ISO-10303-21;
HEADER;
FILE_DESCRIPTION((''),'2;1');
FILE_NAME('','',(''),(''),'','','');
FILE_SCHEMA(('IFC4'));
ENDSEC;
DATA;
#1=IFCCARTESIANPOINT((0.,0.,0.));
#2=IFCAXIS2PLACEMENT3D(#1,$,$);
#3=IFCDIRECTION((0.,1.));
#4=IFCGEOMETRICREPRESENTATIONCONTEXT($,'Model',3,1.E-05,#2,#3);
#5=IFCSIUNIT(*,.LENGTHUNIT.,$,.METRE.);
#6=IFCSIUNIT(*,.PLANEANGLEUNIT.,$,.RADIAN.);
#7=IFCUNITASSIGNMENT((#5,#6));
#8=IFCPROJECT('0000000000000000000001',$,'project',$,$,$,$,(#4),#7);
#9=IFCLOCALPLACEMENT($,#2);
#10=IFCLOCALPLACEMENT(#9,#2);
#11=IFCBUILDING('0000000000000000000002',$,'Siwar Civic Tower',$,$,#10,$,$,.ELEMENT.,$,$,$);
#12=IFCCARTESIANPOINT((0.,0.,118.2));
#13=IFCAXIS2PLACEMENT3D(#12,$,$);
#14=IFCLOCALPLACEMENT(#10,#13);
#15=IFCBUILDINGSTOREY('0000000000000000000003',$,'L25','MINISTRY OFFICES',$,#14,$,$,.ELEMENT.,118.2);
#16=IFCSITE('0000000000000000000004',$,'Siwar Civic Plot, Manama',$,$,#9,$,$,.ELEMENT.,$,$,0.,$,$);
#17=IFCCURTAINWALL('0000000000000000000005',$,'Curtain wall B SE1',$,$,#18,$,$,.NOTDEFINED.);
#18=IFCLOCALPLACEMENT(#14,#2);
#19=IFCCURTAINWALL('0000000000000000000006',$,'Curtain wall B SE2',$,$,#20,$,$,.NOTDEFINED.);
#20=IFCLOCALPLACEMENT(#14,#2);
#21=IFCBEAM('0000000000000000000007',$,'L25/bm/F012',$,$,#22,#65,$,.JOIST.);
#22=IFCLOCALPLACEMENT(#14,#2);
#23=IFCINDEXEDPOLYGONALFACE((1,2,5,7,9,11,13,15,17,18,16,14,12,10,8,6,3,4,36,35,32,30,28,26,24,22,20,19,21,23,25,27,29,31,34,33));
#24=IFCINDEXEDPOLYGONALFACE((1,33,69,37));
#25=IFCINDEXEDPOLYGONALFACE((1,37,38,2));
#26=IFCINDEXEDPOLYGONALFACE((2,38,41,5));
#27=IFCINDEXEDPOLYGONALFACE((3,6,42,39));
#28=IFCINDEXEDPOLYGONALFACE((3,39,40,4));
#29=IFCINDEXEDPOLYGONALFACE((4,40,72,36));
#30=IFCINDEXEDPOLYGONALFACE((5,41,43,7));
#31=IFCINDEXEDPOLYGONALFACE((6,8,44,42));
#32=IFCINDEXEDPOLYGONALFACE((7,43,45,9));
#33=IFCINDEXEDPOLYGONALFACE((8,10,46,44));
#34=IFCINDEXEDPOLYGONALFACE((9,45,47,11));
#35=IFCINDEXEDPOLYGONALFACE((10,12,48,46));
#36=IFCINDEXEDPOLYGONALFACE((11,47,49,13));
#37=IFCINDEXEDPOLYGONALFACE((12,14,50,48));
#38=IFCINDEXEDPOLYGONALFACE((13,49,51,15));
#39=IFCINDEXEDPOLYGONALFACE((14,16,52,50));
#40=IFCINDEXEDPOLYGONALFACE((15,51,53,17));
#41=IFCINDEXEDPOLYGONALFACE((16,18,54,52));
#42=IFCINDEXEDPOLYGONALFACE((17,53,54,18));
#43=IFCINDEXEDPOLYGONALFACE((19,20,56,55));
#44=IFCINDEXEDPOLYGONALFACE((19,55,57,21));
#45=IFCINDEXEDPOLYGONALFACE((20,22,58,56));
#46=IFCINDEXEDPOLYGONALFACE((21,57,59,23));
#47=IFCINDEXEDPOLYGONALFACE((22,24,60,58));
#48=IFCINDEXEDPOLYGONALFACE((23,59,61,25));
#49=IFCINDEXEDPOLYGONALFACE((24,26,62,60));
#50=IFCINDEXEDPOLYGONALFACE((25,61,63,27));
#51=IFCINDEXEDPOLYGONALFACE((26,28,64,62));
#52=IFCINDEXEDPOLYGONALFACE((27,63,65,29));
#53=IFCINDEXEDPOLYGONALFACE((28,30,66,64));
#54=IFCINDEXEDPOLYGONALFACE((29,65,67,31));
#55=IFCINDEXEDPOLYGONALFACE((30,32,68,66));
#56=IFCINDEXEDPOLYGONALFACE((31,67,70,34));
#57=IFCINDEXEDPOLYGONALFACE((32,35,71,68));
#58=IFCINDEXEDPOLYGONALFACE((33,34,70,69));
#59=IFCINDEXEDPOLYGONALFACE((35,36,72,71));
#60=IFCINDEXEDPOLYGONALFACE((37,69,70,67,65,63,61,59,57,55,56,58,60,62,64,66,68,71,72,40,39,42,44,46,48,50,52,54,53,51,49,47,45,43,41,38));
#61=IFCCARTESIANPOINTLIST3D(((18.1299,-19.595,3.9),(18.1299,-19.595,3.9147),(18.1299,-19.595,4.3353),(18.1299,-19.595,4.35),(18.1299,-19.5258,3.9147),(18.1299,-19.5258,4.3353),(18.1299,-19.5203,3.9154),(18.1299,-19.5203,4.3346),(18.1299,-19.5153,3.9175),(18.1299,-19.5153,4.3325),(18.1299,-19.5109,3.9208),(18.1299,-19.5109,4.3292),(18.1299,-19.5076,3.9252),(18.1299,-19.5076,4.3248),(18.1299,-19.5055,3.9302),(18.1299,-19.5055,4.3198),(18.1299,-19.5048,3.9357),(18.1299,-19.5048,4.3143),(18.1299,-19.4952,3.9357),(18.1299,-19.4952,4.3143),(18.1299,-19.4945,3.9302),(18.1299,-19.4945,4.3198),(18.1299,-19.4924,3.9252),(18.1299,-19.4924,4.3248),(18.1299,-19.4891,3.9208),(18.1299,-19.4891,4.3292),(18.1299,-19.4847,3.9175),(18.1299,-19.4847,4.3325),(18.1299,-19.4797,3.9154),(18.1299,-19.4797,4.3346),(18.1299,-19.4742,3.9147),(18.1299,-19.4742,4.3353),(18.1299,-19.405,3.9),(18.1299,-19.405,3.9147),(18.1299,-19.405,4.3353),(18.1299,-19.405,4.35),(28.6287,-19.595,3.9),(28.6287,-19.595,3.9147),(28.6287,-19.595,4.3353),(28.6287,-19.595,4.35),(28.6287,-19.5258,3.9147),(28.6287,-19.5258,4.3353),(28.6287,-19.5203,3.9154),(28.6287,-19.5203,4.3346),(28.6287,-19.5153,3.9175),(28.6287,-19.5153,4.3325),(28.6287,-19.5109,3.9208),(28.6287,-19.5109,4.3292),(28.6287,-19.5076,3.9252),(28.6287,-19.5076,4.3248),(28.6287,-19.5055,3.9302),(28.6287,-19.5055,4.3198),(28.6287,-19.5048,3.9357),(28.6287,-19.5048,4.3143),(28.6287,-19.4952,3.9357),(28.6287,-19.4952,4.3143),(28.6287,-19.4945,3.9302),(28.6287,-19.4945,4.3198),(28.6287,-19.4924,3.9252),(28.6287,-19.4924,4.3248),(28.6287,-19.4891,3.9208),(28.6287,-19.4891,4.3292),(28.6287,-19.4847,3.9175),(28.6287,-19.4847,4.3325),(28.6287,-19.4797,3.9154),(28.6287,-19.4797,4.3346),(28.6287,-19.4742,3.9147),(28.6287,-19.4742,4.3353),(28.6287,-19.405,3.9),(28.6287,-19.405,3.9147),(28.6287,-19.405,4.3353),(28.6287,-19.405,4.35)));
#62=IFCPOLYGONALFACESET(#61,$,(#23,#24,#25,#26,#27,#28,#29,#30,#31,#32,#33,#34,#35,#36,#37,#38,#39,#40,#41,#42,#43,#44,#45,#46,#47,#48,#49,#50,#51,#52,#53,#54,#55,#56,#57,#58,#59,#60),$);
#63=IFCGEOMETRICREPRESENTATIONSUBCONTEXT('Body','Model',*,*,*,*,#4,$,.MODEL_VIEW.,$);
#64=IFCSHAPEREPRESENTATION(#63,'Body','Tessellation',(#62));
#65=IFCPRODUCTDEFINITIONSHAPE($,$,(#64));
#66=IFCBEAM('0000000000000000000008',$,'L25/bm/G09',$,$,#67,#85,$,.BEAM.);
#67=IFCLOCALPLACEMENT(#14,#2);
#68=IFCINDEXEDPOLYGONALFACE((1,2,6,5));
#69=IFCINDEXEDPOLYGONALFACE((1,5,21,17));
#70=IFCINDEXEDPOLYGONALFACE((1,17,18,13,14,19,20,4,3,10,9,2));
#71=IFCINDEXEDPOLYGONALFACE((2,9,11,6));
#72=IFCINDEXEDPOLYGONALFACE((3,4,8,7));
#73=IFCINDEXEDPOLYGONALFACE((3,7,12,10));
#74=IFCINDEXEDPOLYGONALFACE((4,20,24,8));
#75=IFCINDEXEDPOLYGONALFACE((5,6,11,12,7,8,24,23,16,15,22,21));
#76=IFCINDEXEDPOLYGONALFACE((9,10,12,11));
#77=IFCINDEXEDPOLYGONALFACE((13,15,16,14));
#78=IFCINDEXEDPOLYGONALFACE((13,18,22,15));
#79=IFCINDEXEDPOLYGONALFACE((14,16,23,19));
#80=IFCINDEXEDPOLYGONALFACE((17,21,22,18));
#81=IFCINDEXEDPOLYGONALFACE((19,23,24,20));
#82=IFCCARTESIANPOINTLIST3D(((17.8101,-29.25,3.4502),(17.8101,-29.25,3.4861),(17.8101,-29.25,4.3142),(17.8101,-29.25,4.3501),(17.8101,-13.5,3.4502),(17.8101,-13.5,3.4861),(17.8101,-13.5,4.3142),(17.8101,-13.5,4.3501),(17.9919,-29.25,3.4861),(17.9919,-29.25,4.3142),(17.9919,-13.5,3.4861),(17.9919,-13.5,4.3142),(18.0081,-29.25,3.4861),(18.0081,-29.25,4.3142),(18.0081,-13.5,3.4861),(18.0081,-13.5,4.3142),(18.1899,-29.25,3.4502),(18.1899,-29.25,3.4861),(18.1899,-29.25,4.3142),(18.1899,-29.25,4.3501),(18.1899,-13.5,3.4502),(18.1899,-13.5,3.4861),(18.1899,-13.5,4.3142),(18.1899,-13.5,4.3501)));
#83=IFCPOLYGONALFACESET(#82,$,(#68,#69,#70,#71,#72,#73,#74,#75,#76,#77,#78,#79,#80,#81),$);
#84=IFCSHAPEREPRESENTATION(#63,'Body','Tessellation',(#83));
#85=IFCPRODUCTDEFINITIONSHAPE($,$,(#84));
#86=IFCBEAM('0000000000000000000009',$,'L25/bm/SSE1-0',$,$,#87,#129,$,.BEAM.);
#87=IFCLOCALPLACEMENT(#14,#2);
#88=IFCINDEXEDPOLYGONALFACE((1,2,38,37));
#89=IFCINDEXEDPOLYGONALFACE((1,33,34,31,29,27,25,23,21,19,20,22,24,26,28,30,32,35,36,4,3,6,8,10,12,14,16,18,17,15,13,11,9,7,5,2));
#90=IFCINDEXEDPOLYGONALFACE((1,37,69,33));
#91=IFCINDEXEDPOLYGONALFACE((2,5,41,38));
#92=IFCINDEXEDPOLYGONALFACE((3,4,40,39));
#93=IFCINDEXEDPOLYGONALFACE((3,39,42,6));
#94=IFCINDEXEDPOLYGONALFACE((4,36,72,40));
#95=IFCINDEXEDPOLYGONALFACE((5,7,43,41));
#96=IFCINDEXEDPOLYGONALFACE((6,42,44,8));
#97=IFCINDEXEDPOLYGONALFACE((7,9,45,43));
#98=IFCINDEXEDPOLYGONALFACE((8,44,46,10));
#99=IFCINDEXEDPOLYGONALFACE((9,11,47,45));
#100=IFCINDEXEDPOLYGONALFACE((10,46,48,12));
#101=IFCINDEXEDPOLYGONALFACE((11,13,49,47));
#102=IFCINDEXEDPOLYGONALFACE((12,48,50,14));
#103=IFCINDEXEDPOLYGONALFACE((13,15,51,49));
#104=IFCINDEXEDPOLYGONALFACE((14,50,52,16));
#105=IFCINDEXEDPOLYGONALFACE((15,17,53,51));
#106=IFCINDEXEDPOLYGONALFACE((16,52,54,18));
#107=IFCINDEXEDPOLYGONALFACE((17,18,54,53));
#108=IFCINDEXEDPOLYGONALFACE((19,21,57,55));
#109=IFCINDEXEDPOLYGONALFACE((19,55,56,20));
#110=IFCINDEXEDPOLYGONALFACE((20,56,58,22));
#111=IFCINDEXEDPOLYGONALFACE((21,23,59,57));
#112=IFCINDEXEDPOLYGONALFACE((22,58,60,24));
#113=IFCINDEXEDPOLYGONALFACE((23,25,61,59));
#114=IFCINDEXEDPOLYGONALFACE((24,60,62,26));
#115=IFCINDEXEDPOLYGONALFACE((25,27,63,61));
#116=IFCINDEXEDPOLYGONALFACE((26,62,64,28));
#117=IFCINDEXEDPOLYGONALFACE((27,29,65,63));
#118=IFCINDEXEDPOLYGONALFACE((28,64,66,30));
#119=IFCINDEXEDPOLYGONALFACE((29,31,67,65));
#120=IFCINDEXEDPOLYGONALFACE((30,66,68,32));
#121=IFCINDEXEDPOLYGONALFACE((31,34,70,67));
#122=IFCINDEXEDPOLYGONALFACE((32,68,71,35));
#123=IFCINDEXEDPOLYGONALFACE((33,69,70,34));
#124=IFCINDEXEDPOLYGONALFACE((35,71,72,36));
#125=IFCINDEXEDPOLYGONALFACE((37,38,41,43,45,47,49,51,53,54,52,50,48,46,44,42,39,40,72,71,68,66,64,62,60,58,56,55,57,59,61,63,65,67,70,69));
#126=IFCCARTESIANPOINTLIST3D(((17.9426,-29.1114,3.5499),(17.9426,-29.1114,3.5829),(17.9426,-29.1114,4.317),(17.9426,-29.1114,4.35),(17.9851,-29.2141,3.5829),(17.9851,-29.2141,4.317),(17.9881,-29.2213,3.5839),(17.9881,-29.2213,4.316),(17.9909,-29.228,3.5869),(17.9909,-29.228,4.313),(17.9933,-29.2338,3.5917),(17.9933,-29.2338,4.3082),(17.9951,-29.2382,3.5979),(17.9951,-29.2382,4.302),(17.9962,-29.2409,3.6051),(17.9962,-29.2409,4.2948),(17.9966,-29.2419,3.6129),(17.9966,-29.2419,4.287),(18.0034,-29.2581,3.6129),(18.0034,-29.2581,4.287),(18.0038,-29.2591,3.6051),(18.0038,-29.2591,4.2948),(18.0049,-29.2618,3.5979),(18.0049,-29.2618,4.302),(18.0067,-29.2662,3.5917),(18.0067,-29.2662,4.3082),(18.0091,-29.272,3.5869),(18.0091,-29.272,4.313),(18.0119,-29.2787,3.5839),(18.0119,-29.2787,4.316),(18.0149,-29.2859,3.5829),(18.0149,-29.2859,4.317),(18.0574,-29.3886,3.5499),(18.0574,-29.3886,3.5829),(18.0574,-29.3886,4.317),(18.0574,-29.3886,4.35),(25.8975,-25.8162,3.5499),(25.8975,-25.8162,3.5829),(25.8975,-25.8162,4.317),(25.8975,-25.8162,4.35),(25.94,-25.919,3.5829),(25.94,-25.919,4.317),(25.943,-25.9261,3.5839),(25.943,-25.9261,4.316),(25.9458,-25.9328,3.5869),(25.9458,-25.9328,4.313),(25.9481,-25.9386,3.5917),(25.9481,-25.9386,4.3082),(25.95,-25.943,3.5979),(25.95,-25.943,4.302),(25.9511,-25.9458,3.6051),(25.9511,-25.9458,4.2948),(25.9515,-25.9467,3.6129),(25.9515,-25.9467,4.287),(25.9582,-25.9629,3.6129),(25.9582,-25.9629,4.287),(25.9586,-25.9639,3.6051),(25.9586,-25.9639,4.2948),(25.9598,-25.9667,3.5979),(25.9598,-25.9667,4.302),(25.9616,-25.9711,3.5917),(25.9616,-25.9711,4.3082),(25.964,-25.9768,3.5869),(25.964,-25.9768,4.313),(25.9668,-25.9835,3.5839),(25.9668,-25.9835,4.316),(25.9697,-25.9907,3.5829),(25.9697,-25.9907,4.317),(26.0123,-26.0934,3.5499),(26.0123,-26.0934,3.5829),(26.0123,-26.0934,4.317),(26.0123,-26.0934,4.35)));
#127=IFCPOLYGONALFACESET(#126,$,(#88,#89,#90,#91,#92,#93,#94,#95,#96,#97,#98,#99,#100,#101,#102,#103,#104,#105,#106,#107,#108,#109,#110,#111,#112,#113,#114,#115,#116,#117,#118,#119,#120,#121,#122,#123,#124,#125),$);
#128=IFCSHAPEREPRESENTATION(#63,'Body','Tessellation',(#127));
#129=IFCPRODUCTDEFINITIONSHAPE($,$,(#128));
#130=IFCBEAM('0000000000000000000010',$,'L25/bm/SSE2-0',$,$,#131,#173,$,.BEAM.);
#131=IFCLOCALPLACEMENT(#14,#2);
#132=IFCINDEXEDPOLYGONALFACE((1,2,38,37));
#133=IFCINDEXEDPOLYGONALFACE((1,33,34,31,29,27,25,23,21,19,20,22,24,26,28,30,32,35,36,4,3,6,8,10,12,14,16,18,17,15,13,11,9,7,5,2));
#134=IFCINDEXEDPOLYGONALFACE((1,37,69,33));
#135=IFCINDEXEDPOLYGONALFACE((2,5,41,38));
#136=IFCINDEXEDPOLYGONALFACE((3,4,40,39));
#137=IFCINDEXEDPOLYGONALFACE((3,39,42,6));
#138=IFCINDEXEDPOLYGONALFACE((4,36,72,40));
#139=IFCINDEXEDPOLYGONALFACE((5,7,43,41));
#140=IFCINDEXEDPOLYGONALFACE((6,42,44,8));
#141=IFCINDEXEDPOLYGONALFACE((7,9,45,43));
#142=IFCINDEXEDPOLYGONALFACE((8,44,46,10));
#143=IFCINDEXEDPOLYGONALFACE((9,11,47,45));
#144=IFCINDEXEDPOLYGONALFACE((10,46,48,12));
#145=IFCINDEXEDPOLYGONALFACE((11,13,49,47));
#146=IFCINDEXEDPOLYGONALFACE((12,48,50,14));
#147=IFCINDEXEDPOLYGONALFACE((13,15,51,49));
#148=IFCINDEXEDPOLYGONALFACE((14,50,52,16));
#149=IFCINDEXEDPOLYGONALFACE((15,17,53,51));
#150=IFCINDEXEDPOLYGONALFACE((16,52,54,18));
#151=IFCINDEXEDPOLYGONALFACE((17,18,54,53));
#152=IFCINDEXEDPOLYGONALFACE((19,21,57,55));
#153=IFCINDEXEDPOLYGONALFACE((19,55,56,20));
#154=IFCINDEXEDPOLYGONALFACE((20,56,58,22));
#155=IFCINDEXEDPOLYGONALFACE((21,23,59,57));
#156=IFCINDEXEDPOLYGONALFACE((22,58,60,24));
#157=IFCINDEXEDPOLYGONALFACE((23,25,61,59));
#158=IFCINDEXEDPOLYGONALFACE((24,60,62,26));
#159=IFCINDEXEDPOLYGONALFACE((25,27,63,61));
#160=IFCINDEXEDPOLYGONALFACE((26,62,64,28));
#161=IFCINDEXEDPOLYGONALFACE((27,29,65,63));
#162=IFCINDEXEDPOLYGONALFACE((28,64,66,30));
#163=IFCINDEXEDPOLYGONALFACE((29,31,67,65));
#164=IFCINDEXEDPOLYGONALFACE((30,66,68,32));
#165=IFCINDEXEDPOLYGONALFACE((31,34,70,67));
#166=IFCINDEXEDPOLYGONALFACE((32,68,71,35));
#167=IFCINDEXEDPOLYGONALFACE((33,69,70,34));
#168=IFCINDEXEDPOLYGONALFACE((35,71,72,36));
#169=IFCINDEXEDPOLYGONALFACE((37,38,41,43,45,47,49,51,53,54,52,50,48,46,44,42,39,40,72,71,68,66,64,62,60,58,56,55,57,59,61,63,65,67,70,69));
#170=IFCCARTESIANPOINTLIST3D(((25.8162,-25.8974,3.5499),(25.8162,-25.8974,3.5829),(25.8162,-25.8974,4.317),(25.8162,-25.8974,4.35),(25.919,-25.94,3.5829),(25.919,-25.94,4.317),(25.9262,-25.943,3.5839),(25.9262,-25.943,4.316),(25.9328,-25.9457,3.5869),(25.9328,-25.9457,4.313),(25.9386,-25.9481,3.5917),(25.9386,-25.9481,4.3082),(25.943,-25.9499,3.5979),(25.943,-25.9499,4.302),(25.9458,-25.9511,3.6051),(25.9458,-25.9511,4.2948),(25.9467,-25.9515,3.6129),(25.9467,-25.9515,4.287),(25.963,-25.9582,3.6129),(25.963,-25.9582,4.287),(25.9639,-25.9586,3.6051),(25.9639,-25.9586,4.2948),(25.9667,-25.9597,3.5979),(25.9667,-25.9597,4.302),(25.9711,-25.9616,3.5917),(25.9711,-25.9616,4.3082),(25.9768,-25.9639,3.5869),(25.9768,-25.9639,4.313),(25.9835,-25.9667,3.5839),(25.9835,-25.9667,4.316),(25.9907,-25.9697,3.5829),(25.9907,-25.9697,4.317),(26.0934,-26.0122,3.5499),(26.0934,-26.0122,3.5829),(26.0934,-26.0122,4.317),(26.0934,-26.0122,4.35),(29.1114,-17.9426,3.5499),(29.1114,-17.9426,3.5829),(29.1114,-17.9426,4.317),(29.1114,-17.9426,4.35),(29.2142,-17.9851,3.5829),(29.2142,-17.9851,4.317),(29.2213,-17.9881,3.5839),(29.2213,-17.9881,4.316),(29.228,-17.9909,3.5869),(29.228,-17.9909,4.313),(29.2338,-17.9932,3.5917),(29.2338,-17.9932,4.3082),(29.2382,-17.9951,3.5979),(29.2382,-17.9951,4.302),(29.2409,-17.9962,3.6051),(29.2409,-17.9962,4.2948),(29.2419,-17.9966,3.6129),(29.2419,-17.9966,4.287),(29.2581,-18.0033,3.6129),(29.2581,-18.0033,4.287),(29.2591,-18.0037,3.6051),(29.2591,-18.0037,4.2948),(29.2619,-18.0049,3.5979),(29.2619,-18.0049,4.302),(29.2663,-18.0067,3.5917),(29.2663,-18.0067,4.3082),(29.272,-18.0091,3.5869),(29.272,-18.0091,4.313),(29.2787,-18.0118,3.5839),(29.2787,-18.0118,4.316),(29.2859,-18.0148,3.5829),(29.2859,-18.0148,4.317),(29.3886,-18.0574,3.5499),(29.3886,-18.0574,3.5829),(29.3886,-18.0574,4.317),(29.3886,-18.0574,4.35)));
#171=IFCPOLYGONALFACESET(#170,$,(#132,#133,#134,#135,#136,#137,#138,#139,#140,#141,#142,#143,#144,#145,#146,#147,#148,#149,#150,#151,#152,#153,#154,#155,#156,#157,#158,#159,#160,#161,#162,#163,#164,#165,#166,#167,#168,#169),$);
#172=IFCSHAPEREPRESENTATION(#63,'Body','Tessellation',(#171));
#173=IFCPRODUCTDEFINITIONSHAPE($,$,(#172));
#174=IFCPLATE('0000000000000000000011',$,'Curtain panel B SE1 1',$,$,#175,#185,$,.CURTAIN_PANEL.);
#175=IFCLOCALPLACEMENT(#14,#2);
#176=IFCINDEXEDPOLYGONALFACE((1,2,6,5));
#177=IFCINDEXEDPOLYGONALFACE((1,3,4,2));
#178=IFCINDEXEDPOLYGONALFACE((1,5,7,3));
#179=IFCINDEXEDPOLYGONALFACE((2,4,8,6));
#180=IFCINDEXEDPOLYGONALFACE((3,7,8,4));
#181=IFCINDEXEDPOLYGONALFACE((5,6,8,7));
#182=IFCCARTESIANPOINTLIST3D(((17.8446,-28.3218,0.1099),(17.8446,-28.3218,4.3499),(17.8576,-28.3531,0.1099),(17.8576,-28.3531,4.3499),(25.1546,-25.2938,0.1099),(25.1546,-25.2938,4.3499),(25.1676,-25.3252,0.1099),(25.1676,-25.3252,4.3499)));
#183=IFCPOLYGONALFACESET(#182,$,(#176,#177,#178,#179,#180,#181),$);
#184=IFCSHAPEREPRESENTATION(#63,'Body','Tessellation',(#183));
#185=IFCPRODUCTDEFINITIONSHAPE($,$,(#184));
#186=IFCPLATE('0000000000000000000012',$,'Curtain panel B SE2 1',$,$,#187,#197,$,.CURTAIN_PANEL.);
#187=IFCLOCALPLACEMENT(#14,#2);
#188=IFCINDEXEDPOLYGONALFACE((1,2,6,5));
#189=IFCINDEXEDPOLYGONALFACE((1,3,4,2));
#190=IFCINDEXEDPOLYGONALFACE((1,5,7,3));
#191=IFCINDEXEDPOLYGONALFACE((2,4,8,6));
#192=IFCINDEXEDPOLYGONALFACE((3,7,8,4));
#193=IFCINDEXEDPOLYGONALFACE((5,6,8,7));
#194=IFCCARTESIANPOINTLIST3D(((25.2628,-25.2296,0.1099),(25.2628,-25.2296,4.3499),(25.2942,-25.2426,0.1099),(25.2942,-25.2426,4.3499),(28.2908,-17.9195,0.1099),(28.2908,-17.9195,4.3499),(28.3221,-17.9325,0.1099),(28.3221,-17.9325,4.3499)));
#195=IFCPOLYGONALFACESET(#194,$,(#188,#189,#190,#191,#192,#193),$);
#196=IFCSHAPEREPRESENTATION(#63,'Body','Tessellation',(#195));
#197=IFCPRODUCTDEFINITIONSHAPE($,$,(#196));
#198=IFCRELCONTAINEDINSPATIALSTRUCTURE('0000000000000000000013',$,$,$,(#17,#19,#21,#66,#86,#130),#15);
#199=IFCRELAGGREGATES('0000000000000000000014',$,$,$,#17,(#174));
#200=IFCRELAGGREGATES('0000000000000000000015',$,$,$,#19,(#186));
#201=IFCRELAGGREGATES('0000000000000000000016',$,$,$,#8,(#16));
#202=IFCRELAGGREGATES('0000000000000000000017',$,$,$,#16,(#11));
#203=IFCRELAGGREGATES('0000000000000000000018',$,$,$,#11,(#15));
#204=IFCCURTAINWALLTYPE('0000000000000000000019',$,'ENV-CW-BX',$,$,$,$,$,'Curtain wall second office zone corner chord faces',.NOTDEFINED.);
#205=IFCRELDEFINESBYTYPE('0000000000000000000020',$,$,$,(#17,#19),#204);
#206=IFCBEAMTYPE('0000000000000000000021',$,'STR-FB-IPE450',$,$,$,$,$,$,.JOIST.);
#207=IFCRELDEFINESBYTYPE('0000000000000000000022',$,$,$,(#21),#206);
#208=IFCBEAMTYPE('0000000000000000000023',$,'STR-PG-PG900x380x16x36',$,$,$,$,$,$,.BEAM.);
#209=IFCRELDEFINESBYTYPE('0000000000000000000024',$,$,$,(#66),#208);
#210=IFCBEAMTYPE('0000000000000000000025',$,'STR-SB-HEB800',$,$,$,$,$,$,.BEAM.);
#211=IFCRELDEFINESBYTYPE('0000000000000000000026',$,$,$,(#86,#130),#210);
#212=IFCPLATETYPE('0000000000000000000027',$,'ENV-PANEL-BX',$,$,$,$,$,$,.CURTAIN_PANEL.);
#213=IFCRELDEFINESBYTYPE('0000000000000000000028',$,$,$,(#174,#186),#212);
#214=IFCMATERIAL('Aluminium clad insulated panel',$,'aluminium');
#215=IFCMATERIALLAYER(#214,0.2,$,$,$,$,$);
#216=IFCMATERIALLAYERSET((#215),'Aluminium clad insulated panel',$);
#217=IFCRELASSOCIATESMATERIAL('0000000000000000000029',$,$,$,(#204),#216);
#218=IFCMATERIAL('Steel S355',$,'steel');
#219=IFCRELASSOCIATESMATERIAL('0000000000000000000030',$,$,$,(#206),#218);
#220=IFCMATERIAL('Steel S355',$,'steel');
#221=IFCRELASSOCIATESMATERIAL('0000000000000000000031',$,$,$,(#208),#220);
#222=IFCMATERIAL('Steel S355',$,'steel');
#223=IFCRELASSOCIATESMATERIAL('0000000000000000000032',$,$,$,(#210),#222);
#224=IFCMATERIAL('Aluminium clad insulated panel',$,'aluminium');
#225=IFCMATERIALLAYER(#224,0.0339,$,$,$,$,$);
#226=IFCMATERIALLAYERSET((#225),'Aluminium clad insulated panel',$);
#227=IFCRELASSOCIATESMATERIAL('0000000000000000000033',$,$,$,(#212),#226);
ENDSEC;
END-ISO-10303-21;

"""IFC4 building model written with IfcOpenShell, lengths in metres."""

from ifc_helpers import new_model, si_unit, direction, frame, origin, origin_2d, place, context, subcontext, project, spatial, rectangle, i_section, extrude, material, layer, layer_set, material_profile, profile_set, type_object, element, aggregate, save


model = new_model("IFC4")

# Units and contexts
model_context = context("Model", 3, precision=1e-05, world=origin(), true_north=direction((0.0, 1.0)))
body_context = subcontext(model_context, "Body", "Model", "MODEL_VIEW")
ifc_project = project(units=[si_unit("LENGTHUNIT", "METRE"), si_unit("PLANEANGLEUNIT", "RADIAN")], contexts=[model_context])

# Site, building, storey
site_placement = place(None, origin())
site = spatial("IfcSite", under=ifc_project, at=site_placement, Name="Siwar Civic Plot, Manama", CompositionType="ELEMENT", RefElevation=0.0)
building_placement = place(site_placement, origin())
building = spatial("IfcBuilding", under=site, at=building_placement, Name="Siwar Civic Tower", CompositionType="ELEMENT")
storey_placement = place(building_placement, frame((0.0, 0.0, 118.2)))
storey = spatial("IfcBuildingStorey", under=building, at=storey_placement, Name="L25", Description="MINISTRY OFFICES", CompositionType="ELEMENT", Elevation=118.2)

# Curtain walls
ifc_material_1 = material(Name="Aluminium clad insulated panel", Category="aluminium")
ifc_layer_1 = layer(ifc_material_1, 0.2)
ifc_layer_set_1 = layer_set([ifc_layer_1], Name="Aluminium clad insulated panel")
curtain_wall_type = type_object("IfcCurtainWallType", Name="ENV-CW-BX", ElementType="Curtain wall second office zone corner chord faces", PredefinedType="NOTDEFINED", material=ifc_layer_set_1)
curtain_wall_1_placement = place(storey_placement, origin())
curtain_wall_1 = element("IfcCurtainWall", 1, at=curtain_wall_1_placement, inside=storey, type_object=curtain_wall_type, Name="Curtain wall B SE1", PredefinedType="NOTDEFINED")
curtain_wall_2_placement = place(storey_placement, origin())
curtain_wall_2 = element("IfcCurtainWall", 2, at=curtain_wall_2_placement, inside=storey, type_object=curtain_wall_type, Name="Curtain wall B SE2", PredefinedType="NOTDEFINED")

# Beams
ifc_material_2 = material(Name="Steel S355", Category="steel")
ifc_material_profile_1 = material_profile(ifc_material_2, i_section(OverallWidth=0.1899, OverallDepth=0.45, WebThickness=0.0095, FlangeThickness=0.0146, FilletRadius=0.021, at=origin_2d()), Name="IPE450")
ifc_profile_set_1 = profile_set([ifc_material_profile_1], Name="Steel S355")
beam_type_1 = type_object("IfcBeamType", Name="STR-FB-IPE450", PredefinedType="JOIST", material=ifc_profile_set_1)
beam_1_placement = place(storey_placement, frame((18.1299, -19.5, 4.125), z_axis=(1.0, 0.0, 0.0), x_axis=(0.0, 1.0, 0.0)))
element("IfcBeam", 3, at=beam_1_placement, inside=storey, type_object=beam_type_1, Name="L25/bm/F012", PredefinedType="JOIST", context=body_context, shape_type="SweptSolid", body=[
    extrude(i_section(OverallWidth=0.1899, OverallDepth=0.45, WebThickness=0.0095, FlangeThickness=0.0146, FilletRadius=0.021, at=origin_2d()), origin(), (0.0, 0.0, 1.0), 10.4988),
])
ifc_material_3 = material(Name="Steel S355", Category="steel")
ifc_material_profile_2 = material_profile(ifc_material_3, i_section(OverallWidth=0.3799, OverallDepth=0.8999, WebThickness=0.0161, FlangeThickness=0.0359, at=origin_2d()), Name="PG900x380x16x36")
ifc_profile_set_2 = profile_set([ifc_material_profile_2], Name="Steel S355")
beam_type_2 = type_object("IfcBeamType", Name="STR-PG-PG900x380x16x36", PredefinedType="BEAM", material=ifc_profile_set_2)
beam_2_placement = place(storey_placement, frame((18.0, -29.25, 3.9001), z_axis=(0.0, 1.0, 0.0), x_axis=(-1.0, 0.0, 0.0)))
element("IfcBeam", 4, at=beam_2_placement, inside=storey, type_object=beam_type_2, Name="L25/bm/G09", PredefinedType="BEAM", context=body_context, shape_type="SweptSolid", body=[
    extrude(i_section(OverallWidth=0.3799, OverallDepth=0.8999, WebThickness=0.0161, FlangeThickness=0.0359, at=origin_2d()), origin(), (0.0, 0.0, 1.0), 15.75),
])
ifc_material_4 = material(Name="Steel S355", Category="steel")
ifc_material_profile_3 = material_profile(ifc_material_4, i_section(OverallWidth=0.3, OverallDepth=0.8, WebThickness=0.0176, FlangeThickness=0.033, FilletRadius=0.03, at=origin_2d()), Name="HEB800")
ifc_profile_set_3 = profile_set([ifc_material_profile_3], Name="Steel S355")
beam_type_3 = type_object("IfcBeamType", Name="STR-SB-HEB800", PredefinedType="BEAM", material=ifc_profile_set_3)
for number, where, z_axis, x_axis, name in (
    (5, (18.0, -29.25, 3.95), (0.923873, 0.3827, 0.0), (-0.3827, 0.923873, 0.0), "L25/bm/SSE1-0"),
    (6, (25.9548, -25.9548, 3.95), (0.3827, 0.923873, 0.0), (-0.923873, 0.3827, 0.0), "L25/bm/SSE2-0"),
):
    element("IfcBeam", number, at=place(storey_placement, frame(where, z_axis=z_axis, x_axis=x_axis)), inside=storey, type_object=beam_type_3, Name=name, PredefinedType="BEAM", context=body_context, shape_type="SweptSolid", body=[
        extrude(i_section(OverallWidth=0.3, OverallDepth=0.8, WebThickness=0.0176, FlangeThickness=0.033, FilletRadius=0.03, at=origin_2d()), origin(), (0.0, 0.0, 1.0), 8.6104),
    ])

# Plates
ifc_material_5 = material(Name="Aluminium clad insulated panel", Category="aluminium")
ifc_layer_2 = layer(ifc_material_5, 0.0339)
ifc_layer_set_2 = layer_set([ifc_layer_2], Name="Aluminium clad insulated panel")
plate_type = type_object("IfcPlateType", Name="ENV-PANEL-BX", PredefinedType="CURTAIN_PANEL", material=ifc_layer_set_2)
plate_1_placement = place(storey_placement, frame((21.5061, -26.8235, 0.1099), z_axis=(0.0, 0.0, 1.0), x_axis=(0.92388, 0.382683, 0.0)))
plate_1 = element("IfcPlate", 7, at=plate_1_placement, type_object=plate_type, Name="Curtain panel B SE1 1", PredefinedType="CURTAIN_PANEL", context=body_context, shape_type="SweptSolid", body=[
    extrude(rectangle(XDim=7.9124, YDim=0.0339, at=origin_2d()), origin(), (0.0, 0.0, 1.0), 4.24),
])
aggregate(curtain_wall_1, [plate_1])
plate_2_placement = place(storey_placement, frame((26.7925, -21.5811, 0.1099), z_axis=(0.0, 0.0, 1.0), x_axis=(0.382683, 0.92388, 0.0)))
plate_2 = element("IfcPlate", 8, at=plate_2_placement, type_object=plate_type, Name="Curtain panel B SE2 1", PredefinedType="CURTAIN_PANEL", context=body_context, shape_type="SweptSolid", body=[
    extrude(rectangle(XDim=7.9124, YDim=0.0339, at=origin_2d()), origin(), (0.0, 0.0, 1.0), 4.24),
])
aggregate(curtain_wall_2, [plate_2])

save(model, "model.ifc")
